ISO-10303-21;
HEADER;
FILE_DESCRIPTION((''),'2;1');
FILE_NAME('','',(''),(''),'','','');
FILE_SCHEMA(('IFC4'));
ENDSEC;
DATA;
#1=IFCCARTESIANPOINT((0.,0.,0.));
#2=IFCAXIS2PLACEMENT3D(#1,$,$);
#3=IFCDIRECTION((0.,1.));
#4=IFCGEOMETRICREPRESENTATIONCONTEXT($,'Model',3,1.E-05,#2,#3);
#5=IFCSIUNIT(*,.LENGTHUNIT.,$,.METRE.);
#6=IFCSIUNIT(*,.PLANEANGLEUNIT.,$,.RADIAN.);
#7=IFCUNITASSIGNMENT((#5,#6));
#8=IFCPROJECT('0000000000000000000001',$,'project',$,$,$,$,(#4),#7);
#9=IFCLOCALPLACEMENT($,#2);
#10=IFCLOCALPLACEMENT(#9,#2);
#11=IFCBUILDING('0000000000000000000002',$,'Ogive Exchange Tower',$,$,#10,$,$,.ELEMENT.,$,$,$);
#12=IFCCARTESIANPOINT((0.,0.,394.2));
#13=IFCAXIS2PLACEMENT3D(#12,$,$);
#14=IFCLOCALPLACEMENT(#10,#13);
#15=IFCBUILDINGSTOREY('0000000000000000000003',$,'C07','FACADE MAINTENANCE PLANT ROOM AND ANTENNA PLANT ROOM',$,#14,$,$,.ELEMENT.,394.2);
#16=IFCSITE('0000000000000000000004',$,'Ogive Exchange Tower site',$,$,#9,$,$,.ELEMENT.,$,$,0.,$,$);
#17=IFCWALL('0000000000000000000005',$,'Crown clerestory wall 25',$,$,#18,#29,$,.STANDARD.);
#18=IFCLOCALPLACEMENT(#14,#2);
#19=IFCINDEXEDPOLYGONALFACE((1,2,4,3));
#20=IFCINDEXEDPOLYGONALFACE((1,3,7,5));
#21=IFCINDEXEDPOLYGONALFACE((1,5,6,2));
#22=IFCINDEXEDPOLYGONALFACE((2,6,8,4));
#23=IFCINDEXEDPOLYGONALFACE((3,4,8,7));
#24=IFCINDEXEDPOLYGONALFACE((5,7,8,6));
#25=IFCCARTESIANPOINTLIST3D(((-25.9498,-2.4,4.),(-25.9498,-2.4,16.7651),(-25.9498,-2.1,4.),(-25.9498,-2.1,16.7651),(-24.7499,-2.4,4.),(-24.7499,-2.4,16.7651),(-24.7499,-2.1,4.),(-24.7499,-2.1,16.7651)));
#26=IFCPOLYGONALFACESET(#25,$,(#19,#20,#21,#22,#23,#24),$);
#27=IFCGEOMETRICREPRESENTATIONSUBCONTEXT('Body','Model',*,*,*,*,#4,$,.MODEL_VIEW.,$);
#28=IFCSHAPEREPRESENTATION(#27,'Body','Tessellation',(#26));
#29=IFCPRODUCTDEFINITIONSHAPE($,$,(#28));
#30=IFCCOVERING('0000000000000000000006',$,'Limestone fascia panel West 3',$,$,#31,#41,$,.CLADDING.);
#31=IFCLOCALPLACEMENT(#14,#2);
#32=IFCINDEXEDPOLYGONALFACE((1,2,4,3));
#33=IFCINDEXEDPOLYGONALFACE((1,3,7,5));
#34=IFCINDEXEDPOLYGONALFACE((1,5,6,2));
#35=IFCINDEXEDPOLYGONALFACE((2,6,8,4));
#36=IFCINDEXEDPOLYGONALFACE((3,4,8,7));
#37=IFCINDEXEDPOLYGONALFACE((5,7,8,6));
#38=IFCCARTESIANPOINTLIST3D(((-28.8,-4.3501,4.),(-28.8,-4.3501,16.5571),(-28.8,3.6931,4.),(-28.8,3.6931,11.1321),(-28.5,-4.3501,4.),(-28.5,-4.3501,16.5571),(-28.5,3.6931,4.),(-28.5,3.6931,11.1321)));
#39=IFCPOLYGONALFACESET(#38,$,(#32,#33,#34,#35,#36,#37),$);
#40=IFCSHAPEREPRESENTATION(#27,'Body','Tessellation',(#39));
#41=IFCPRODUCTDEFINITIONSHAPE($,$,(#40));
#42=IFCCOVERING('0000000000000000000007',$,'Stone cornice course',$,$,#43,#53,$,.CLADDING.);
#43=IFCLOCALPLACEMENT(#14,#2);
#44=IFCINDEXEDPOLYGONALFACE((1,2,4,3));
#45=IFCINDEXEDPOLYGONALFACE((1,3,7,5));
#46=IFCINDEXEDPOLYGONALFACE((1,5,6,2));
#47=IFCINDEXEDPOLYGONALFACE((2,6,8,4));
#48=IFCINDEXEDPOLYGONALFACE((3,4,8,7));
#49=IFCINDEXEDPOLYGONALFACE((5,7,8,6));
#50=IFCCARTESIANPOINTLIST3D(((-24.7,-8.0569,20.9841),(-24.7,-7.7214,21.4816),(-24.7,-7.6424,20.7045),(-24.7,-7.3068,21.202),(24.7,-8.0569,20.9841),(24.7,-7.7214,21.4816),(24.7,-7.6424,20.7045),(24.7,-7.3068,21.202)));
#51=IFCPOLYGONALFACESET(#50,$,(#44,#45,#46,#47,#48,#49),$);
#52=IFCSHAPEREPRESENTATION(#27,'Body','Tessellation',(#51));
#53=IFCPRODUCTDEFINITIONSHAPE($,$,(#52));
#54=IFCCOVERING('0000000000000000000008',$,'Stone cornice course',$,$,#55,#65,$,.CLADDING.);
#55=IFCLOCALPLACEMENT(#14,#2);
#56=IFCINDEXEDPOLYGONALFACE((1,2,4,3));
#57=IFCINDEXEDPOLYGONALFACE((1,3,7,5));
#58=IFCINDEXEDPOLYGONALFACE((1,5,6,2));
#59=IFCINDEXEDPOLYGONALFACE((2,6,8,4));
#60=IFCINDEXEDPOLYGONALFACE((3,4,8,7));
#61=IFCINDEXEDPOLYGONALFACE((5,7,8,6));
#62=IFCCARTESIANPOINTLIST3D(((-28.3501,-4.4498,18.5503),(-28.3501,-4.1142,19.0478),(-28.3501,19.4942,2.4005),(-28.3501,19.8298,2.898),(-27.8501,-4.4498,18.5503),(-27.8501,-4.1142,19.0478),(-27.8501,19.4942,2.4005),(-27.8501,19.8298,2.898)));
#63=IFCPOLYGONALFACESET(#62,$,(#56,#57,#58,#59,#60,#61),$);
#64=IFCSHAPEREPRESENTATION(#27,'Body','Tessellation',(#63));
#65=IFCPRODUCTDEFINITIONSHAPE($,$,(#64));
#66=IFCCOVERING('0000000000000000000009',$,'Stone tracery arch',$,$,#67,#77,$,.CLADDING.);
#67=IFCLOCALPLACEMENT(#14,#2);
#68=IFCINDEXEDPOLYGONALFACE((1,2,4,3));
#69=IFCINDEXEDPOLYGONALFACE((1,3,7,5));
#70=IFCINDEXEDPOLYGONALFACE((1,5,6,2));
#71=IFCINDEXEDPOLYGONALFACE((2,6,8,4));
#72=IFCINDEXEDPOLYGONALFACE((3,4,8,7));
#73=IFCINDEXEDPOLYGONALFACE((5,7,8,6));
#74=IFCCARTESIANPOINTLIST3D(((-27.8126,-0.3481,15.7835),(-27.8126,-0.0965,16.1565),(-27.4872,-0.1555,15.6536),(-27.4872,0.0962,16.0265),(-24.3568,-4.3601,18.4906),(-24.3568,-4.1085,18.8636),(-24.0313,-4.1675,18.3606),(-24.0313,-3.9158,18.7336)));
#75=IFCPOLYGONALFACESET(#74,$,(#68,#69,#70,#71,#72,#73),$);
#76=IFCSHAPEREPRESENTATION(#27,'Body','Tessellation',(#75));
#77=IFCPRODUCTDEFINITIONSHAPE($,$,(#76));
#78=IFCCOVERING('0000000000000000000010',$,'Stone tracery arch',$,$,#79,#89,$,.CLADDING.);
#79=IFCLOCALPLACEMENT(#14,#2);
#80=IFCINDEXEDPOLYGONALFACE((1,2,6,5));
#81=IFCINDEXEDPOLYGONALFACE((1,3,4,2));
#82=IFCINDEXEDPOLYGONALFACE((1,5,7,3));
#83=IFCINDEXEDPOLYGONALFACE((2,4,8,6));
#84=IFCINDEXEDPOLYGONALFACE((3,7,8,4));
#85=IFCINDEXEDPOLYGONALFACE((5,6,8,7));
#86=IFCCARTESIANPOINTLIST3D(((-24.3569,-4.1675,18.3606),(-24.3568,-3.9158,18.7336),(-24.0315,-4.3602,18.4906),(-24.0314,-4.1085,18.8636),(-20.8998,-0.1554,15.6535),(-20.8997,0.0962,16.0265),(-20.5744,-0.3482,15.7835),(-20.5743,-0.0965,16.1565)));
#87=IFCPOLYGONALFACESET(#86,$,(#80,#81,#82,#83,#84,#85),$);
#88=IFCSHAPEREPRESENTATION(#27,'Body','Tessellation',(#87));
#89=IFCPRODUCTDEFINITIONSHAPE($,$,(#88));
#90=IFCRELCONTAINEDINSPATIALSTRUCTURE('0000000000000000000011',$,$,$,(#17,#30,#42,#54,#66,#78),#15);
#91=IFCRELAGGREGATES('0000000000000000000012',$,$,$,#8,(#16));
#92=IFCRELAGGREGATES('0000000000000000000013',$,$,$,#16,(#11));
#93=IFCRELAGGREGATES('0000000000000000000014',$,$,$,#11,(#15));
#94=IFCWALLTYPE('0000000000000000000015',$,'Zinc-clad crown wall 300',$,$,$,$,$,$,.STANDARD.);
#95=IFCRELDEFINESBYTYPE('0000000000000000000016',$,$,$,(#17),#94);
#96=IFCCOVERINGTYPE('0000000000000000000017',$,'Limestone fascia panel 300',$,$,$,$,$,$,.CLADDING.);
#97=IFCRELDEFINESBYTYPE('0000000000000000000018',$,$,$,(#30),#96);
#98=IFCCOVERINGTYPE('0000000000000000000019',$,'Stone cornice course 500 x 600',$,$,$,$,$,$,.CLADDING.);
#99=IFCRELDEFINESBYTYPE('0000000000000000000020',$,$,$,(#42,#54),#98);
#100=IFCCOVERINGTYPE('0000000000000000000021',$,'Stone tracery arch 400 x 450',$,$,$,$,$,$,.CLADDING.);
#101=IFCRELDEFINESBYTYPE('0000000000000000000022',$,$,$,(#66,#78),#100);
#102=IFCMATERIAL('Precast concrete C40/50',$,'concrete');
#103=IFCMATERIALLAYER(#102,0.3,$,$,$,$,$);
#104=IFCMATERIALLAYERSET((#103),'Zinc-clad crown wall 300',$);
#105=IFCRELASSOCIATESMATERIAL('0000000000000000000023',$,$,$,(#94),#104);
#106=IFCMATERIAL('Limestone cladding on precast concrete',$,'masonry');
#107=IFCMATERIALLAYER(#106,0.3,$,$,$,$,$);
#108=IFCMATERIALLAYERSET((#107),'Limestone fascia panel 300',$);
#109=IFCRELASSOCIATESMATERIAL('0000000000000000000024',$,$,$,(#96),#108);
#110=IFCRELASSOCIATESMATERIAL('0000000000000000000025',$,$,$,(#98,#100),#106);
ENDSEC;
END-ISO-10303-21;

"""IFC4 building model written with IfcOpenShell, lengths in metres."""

from ifc_helpers import new_model, si_unit, direction, frame, frame_2d, origin, origin_2d, place, context, subcontext, project, spatial, polyline, rectangle, outline, extrude, material, layer, layer_set, material_profile, profile_set, type_object, element, save


model = new_model("IFC4")

# Units and contexts
model_context = context("Model", 3, precision=1e-05, world=origin(), true_north=direction((0.0, 1.0)))
body_context = subcontext(model_context, "Body", "Model", "MODEL_VIEW")
ifc_project = project(units=[si_unit("LENGTHUNIT", "METRE"), si_unit("PLANEANGLEUNIT", "RADIAN")], contexts=[model_context])

# Site, building, storey
site_placement = place(None, origin())
site = spatial("IfcSite", under=ifc_project, at=site_placement, Name="Ogive Exchange Tower site", CompositionType="ELEMENT", RefElevation=0.0)
building_placement = place(site_placement, origin())
building = spatial("IfcBuilding", under=site, at=building_placement, Name="Ogive Exchange Tower", CompositionType="ELEMENT")
storey_placement = place(building_placement, frame((0.0, 0.0, 394.2)))
storey = spatial("IfcBuildingStorey", under=building, at=storey_placement, Name="C07", Description="FACADE MAINTENANCE PLANT ROOM AND ANTENNA PLANT ROOM", CompositionType="ELEMENT", Elevation=394.2)

# Shared definitions
ifc_material_1 = material(Name="Precast concrete C40/50", Category="concrete")

# Shared definitions
ifc_layer_1 = layer(ifc_material_1, 0.3)
ifc_layer_set_1 = layer_set([ifc_layer_1], Name="Zinc-clad crown wall 300")
wall_type = type_object("IfcWallType", Name="Zinc-clad crown wall 300", PredefinedType="STANDARD", material=ifc_layer_set_1)

# Wall
wall_1_placement = place(storey_placement, frame((-25.95, -2.25, 4.0), z_axis=(0.0, 0.0, 1.0), x_axis=(1.0, 0.0, 0.0)))
element("IfcWall", 1, at=wall_1_placement, inside=storey, type_object=wall_type, Name="Crown clerestory wall 25", PredefinedType="STANDARD", context=body_context, shape_type="SweptSolid", body=[
    extrude(rectangle(XDim=1.2, YDim=0.3, at=frame_2d((0.6001, 0.0))), origin(), (0.0, 0.0, 1.0), 12.7651),
])

# Coverings
ifc_material_2 = material(Name="Limestone cladding on precast concrete", Category="masonry")
ifc_layer_2 = layer(ifc_material_2, 0.3)
ifc_layer_set_2 = layer_set([ifc_layer_2], Name="Limestone fascia panel 300")
covering_type_1 = type_object("IfcCoveringType", Name="Limestone fascia panel 300", PredefinedType="CLADDING", material=ifc_layer_set_2)
covering_1_placement = place(storey_placement, frame((-28.8, -4.3501, 16.5571), z_axis=(-1.0, 0.0, 0.0), x_axis=(0.0, 0.829046, -0.559181)))
element("IfcCovering", 2, at=covering_1_placement, inside=storey, type_object=covering_type_1, Name="Limestone fascia panel West 3", PredefinedType="CLADDING", context=body_context, shape_type="SweptSolid", body=[
    extrude(outline(polyline([(0.0, 0.0), (9.7018, 0.0), (13.6899, 5.9128), (7.0217, 10.4104), (0.0, 0.0)])), origin(), (0.0, 0.0, -1.0), 0.3),
])
ifc_material_profile_1 = material_profile(ifc_material_2, rectangle(XDim=0.5, YDim=0.6001, at=origin_2d()), Name="CORNICE 500 x 600")
ifc_profile_set_1 = profile_set([ifc_material_profile_1], Name="Limestone cladding on precast concrete")
covering_type_2 = type_object("IfcCoveringType", Name="Stone cornice course 500 x 600", PredefinedType="CLADDING", material=ifc_profile_set_1)
covering_2_placement = place(storey_placement, frame((-24.7, -7.6819, 21.093), z_axis=(1.0, 0.0, 0.0), x_axis=(0.0, 0.829038, -0.559193)))
element("IfcCovering", 3, at=covering_2_placement, inside=storey, type_object=covering_type_2, Name="Stone cornice course", PredefinedType="CLADDING", context=body_context, shape_type="SweptSolid", body=[
    extrude(rectangle(XDim=0.5, YDim=0.6001, at=origin_2d()), origin(), (0.0, 0.0, 1.0), 49.3999),
])
covering_3_placement = place(storey_placement, frame((-28.1001, -4.282, 18.7991), z_axis=(0.0, 0.829047, -0.559179), x_axis=(-1.0, 0.0, 0.0)))
element("IfcCovering", 4, at=covering_3_placement, inside=storey, type_object=covering_type_2, Name="Stone cornice course", PredefinedType="CLADDING", context=body_context, shape_type="SweptSolid", body=[
    extrude(rectangle(XDim=0.5, YDim=0.6001, at=origin_2d()), origin(), (0.0, 0.0, 1.0), 28.8813),
])
ifc_material_profile_2 = material_profile(ifc_material_2, rectangle(XDim=0.3999, YDim=0.45, at=origin_2d()), Name="TRACERY 400 x 450")
ifc_profile_set_2 = profile_set([ifc_material_profile_2], Name="Limestone cladding on precast concrete")
covering_type_3 = type_object("IfcCoveringType", Name="Stone tracery arch 400 x 450", PredefinedType="CLADDING", material=ifc_profile_set_2)
covering_4_placement = place(storey_placement, frame((-27.6499, -0.126, 15.905), z_axis=(0.581104, -0.674623, 0.455195), x_axis=(0.813829, 0.481733, -0.324985)))
element("IfcCovering", 5, at=covering_4_placement, inside=storey, type_object=covering_type_3, Name="Stone tracery arch", PredefinedType="CLADDING", context=body_context, shape_type="SweptSolid", body=[
    extrude(rectangle(XDim=0.3999, YDim=0.45, at=origin_2d()), origin(), (0.0, 0.0, 1.0), 5.947),
])
covering_5_placement = place(storey_placement, frame((-20.7371, -0.126, 15.905), z_axis=(-0.58124, -0.674542, 0.45514), x_axis=(0.813732, -0.48189, 0.324995)))
element("IfcCovering", 6, at=covering_5_placement, inside=storey, type_object=covering_type_3, Name="Stone tracery arch", PredefinedType="CLADDING", context=body_context, shape_type="SweptSolid", body=[
    extrude(rectangle(XDim=0.3999, YDim=0.45, at=origin_2d()), origin(), (0.0, 0.0, 1.0), 5.9478),
])

save(model, "model.ifc")
